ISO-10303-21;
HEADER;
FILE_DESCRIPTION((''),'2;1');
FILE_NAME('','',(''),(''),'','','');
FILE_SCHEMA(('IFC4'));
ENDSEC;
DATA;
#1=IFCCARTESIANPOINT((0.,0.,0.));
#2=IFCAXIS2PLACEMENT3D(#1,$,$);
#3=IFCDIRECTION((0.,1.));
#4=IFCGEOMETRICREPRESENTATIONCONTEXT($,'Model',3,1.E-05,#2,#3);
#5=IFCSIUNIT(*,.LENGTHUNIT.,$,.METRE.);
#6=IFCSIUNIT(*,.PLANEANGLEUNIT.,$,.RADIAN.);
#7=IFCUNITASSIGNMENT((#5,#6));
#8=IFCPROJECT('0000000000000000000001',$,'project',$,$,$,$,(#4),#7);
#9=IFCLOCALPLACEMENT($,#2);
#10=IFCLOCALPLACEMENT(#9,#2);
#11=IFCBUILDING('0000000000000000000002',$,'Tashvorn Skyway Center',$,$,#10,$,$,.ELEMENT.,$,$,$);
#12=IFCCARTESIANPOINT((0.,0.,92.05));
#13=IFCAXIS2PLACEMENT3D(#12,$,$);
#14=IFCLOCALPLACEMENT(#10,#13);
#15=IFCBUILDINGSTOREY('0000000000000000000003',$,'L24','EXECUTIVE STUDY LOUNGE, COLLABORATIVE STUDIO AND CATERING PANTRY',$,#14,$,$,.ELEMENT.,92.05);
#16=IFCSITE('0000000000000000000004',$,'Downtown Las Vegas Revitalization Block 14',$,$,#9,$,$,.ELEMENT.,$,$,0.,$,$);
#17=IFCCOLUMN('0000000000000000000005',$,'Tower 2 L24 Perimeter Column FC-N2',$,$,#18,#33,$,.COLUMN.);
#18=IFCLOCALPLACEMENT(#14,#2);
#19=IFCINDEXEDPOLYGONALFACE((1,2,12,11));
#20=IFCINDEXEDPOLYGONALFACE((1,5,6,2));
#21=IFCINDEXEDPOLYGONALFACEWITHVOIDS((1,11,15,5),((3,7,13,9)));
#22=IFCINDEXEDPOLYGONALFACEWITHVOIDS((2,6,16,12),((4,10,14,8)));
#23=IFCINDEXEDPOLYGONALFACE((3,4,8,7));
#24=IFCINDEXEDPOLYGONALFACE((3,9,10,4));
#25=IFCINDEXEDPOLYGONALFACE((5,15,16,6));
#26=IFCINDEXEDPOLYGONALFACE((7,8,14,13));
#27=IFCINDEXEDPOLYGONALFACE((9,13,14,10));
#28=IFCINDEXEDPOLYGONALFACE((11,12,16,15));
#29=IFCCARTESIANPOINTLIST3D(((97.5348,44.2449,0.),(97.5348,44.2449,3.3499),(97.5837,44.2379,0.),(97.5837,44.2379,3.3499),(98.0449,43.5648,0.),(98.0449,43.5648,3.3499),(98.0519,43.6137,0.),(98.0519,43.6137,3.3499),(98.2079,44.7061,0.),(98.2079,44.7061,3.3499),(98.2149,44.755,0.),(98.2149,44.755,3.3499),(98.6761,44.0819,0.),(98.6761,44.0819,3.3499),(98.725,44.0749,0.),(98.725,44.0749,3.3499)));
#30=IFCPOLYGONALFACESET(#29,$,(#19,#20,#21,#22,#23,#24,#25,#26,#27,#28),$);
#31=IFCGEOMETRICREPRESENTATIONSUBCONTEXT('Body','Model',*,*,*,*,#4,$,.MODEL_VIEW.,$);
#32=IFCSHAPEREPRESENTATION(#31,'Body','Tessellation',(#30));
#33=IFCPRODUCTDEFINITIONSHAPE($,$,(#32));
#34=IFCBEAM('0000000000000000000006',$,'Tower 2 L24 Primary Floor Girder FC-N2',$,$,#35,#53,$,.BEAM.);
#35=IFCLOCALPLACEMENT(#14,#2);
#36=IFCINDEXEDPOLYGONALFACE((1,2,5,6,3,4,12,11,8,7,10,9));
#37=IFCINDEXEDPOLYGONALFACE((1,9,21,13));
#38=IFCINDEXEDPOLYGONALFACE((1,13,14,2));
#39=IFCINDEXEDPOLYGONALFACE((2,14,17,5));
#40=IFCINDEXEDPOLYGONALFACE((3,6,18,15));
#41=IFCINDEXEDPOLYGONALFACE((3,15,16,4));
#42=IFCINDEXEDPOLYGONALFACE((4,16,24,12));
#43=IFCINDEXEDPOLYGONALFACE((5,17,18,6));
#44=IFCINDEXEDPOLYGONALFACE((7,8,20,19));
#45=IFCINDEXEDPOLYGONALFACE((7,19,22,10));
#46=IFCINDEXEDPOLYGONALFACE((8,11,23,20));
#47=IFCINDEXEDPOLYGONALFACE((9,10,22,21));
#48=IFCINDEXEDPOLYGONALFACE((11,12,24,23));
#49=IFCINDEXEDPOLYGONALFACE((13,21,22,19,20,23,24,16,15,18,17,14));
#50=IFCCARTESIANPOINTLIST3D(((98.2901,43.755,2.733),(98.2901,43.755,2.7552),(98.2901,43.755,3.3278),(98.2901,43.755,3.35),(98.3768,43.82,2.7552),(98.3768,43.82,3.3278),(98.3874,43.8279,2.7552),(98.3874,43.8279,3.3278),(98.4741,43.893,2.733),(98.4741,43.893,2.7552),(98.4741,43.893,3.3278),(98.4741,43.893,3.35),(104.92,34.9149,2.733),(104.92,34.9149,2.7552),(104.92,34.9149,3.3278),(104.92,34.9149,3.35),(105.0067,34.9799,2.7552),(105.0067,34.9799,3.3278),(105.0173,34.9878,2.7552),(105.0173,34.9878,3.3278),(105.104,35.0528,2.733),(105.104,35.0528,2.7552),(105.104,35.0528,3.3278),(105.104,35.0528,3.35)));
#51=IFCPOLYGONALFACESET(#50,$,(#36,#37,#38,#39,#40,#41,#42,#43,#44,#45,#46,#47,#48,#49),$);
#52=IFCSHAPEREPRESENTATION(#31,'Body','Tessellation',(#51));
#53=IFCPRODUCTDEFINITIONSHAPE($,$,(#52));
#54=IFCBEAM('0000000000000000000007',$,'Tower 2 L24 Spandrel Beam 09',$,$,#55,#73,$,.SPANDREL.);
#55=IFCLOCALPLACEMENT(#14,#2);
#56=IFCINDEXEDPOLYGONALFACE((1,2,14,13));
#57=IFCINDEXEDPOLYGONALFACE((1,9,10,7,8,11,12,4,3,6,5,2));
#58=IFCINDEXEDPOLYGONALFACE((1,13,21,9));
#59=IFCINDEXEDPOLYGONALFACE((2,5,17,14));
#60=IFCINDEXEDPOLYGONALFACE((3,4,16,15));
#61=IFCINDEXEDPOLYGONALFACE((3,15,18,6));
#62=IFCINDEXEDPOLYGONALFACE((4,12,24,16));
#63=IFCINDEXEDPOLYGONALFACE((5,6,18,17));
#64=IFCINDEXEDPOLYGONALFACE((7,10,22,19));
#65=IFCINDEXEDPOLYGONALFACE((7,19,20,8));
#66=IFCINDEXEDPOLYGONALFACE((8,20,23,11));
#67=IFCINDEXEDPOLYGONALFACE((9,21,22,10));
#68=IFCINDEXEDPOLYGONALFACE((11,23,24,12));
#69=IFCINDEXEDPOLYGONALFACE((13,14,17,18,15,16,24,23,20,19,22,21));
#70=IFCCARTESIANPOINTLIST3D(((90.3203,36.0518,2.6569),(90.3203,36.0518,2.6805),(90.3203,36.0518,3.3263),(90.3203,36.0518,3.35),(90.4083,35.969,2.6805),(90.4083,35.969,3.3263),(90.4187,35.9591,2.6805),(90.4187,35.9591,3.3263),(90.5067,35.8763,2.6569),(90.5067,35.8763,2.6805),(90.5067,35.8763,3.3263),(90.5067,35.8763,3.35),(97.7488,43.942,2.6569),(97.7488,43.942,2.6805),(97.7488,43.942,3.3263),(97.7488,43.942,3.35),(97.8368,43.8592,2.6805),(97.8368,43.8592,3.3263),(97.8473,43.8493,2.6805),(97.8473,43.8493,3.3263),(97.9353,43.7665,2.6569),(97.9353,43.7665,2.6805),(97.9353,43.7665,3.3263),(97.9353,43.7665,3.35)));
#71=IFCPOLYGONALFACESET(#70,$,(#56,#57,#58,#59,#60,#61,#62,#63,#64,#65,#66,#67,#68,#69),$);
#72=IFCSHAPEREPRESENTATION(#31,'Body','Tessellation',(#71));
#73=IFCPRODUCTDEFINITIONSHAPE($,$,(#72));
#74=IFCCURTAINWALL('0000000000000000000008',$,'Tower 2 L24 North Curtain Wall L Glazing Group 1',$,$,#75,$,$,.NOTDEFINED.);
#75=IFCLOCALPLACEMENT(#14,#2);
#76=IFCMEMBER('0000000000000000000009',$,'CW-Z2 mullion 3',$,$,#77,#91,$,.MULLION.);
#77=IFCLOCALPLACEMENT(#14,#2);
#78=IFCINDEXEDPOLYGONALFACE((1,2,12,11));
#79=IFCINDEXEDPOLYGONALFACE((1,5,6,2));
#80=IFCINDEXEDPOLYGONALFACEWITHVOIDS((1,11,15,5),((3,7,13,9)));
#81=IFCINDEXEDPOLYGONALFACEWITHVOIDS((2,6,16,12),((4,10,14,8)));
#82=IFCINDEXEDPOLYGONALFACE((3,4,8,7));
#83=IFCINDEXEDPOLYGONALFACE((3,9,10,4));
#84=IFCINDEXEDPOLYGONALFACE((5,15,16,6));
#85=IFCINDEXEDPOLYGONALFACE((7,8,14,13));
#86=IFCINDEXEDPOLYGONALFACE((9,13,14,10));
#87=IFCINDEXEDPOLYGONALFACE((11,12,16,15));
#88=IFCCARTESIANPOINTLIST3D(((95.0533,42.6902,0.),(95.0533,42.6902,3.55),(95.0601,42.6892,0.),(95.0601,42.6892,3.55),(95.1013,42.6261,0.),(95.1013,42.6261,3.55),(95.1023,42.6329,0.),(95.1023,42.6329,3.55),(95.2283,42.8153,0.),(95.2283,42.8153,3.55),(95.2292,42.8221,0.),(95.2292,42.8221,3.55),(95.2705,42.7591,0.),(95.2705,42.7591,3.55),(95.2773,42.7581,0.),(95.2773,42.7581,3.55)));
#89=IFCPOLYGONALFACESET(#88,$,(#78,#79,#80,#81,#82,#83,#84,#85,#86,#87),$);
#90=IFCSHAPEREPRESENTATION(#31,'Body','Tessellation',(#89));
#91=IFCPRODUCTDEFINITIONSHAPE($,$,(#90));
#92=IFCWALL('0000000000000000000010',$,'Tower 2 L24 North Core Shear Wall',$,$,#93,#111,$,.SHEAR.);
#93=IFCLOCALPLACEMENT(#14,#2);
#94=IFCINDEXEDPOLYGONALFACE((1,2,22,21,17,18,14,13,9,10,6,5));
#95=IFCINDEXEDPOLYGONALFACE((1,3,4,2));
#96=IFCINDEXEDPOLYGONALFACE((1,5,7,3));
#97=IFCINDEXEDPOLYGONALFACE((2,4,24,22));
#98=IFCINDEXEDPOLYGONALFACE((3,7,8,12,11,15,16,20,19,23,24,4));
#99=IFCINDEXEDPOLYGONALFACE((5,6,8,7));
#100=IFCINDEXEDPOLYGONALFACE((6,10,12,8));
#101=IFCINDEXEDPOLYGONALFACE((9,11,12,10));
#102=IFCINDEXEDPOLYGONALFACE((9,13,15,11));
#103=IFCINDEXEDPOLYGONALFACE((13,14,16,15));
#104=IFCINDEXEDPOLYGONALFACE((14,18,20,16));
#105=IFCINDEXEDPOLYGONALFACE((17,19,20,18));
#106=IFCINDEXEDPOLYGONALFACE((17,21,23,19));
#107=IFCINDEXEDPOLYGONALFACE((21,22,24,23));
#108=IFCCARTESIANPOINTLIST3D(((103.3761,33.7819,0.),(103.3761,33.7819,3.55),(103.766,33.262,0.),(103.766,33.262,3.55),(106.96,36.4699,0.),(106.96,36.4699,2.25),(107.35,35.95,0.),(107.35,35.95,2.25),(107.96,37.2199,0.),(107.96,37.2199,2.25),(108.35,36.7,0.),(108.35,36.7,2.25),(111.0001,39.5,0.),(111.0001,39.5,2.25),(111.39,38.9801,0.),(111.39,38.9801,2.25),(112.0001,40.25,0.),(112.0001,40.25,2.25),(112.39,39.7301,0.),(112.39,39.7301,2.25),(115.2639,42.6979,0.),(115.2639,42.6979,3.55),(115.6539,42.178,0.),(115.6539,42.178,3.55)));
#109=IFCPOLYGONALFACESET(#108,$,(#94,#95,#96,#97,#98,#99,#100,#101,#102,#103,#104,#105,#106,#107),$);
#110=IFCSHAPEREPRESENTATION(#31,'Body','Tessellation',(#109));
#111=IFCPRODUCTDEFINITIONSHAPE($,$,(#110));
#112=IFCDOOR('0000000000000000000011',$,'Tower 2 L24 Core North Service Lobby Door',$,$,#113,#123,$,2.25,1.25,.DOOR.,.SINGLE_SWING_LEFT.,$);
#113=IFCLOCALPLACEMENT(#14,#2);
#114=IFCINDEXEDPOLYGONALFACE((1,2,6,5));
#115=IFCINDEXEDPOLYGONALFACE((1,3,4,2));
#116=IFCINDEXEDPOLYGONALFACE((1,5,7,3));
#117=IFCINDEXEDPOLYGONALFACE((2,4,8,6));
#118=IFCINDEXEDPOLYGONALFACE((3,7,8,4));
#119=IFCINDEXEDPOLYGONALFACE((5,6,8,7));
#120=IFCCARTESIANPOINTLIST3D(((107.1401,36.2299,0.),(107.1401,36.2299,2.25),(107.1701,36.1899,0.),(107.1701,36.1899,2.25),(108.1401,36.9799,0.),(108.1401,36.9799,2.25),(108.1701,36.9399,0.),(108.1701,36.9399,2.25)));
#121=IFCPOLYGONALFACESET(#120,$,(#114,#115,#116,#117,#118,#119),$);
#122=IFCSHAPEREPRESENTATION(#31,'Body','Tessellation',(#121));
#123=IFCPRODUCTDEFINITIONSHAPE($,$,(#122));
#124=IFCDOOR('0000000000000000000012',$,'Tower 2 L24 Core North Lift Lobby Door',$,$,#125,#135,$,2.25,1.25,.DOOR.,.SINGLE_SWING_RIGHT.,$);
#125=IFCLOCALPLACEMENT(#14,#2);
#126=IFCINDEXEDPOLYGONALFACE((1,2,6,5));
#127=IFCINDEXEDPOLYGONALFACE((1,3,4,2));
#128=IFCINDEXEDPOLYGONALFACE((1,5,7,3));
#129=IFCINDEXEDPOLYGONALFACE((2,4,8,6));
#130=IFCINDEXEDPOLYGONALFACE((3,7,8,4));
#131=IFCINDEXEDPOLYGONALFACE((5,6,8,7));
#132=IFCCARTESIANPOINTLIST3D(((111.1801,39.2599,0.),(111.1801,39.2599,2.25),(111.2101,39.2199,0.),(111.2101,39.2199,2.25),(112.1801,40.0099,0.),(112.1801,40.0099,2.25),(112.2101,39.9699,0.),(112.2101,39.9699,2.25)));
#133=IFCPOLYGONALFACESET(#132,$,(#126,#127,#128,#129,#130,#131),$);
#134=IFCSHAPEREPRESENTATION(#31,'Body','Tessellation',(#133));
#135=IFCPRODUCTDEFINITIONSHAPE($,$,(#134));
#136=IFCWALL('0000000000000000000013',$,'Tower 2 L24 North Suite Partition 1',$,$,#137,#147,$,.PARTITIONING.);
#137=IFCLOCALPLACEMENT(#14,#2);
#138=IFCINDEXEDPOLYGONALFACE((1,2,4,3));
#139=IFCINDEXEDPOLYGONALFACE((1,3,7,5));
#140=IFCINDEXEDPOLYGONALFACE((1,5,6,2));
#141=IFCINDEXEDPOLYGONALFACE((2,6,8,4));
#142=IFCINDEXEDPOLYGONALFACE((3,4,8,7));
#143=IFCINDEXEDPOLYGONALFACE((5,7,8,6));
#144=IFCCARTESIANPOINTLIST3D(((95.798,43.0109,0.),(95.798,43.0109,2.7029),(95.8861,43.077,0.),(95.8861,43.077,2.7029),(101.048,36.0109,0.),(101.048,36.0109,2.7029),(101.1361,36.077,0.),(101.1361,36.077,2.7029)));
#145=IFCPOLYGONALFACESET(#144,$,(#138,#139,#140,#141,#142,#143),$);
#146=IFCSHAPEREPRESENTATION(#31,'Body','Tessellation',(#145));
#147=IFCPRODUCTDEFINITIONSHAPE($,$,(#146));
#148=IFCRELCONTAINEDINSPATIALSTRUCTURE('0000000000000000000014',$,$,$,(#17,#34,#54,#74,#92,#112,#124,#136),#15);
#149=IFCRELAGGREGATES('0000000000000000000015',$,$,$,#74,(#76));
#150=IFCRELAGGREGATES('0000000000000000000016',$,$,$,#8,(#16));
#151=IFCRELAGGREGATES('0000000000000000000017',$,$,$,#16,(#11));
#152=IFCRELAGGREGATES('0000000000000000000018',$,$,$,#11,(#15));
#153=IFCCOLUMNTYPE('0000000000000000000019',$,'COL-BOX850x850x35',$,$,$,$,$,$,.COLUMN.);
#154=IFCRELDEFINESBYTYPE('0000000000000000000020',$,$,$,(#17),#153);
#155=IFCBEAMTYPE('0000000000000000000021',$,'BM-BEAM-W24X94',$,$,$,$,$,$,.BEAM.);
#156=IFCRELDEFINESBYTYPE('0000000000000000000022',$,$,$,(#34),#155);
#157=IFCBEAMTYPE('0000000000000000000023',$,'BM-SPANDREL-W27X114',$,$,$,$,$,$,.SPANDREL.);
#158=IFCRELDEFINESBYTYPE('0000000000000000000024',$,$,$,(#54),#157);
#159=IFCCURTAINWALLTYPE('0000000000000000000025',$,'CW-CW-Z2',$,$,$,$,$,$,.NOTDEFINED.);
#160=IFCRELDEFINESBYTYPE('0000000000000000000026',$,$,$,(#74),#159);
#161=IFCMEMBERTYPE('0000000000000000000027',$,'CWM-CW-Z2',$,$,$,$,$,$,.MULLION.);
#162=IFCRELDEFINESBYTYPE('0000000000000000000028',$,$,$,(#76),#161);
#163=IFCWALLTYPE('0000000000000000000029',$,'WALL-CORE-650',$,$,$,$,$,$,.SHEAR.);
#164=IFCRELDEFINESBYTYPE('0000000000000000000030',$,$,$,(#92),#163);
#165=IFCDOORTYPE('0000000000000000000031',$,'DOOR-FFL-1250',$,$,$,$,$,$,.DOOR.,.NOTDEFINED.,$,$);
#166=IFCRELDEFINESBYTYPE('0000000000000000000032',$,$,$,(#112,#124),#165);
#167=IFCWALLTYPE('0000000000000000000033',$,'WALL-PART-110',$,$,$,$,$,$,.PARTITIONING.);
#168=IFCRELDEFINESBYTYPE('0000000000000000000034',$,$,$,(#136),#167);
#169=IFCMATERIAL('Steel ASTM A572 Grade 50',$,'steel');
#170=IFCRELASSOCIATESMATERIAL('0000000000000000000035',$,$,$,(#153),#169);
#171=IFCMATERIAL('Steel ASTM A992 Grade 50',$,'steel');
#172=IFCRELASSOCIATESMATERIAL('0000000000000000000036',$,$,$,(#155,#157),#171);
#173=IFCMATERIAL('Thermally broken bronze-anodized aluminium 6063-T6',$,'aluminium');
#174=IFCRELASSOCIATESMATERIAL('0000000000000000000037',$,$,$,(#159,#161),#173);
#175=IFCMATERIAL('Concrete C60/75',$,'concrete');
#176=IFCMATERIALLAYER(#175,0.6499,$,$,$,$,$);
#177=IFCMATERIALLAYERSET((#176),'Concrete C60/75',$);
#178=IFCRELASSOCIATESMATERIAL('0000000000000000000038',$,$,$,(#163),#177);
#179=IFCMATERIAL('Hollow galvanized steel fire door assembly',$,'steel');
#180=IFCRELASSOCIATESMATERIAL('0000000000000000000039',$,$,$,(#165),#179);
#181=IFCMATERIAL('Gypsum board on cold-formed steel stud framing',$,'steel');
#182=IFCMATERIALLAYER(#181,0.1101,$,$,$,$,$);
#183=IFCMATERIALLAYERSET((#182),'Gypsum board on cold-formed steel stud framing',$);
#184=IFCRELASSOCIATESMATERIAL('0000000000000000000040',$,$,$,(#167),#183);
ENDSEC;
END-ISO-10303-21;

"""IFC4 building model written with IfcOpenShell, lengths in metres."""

from ifc_helpers import new_model, si_unit, direction, frame, frame_2d, origin, origin_2d, place, context, subcontext, project, spatial, rectangle, hollow_rectangle, i_section, extrude, material, layer, layer_set, material_profile, profile_set, type_object, element, fill, aggregate, save


model = new_model("IFC4")

# Units and contexts
model_context = context("Model", 3, precision=1e-05, world=origin(), true_north=direction((0.0, 1.0)))
body_context = subcontext(model_context, "Body", "Model", "MODEL_VIEW")
ifc_project = project(units=[si_unit("LENGTHUNIT", "METRE"), si_unit("PLANEANGLEUNIT", "RADIAN")], contexts=[model_context])

# Site, building, storey
site_placement = place(None, origin())
site = spatial("IfcSite", under=ifc_project, at=site_placement, Name="Downtown Las Vegas Revitalization Block 14", CompositionType="ELEMENT", RefElevation=0.0)
building_placement = place(site_placement, origin())
building = spatial("IfcBuilding", under=site, at=building_placement, Name="Tashvorn Skyway Center", CompositionType="ELEMENT")
storey_placement = place(building_placement, frame((0.0, 0.0, 92.05)))
storey = spatial("IfcBuildingStorey", under=building, at=storey_placement, Name="L24", Description="EXECUTIVE STUDY LOUNGE, COLLABORATIVE STUDIO AND CATERING PANTRY", CompositionType="ELEMENT", Elevation=92.05)

# Column
ifc_material_1 = material(Name="Steel ASTM A572 Grade 50", Category="steel")
ifc_material_profile_1 = material_profile(ifc_material_1, hollow_rectangle(XDim=0.8501, YDim=0.8501, WallThickness=0.0349, at=origin_2d()), Name="BOX850x850x35")
ifc_profile_set_1 = profile_set([ifc_material_profile_1], Name="Steel ASTM A572 Grade 50")
column_type = type_object("IfcColumnType", Name="COL-BOX850x850x35", PredefinedType="COLUMN", material=ifc_profile_set_1)
column_placement = place(storey_placement, frame((98.1299, 44.1599, 0.0), z_axis=(0.0, 0.0, 1.0), x_axis=(0.8, 0.6, 0.0)))
element("IfcColumn", 1, at=column_placement, inside=storey, type_object=column_type, Name="Tower 2 L24 Perimeter Column FC-N2", PredefinedType="COLUMN", context=body_context, shape_type="SweptSolid", body=[
    extrude(hollow_rectangle(XDim=0.8501, YDim=0.8501, WallThickness=0.0349, at=origin_2d()), origin(), (0.0, 0.0, 1.0), 3.3499),
])

# Beams
ifc_material_2 = material(Name="Steel ASTM A992 Grade 50", Category="steel")
ifc_material_profile_2 = material_profile(ifc_material_2, i_section(OverallWidth=0.23, OverallDepth=0.6169, WebThickness=0.0132, FlangeThickness=0.0222, at=origin_2d()), Name="W24X94")
ifc_profile_set_2 = profile_set([ifc_material_profile_2], Name="Steel ASTM A992 Grade 50")
beam_type_1 = type_object("IfcBeamType", Name="BM-BEAM-W24X94", PredefinedType="BEAM", material=ifc_profile_set_2)
beam_1_placement = place(storey_placement, frame((98.3821, 43.824, 3.0415), z_axis=(0.599989, -0.800008, 0.0), x_axis=(0.800008, 0.599989, 0.0)))
element("IfcBeam", 2, at=beam_1_placement, inside=storey, type_object=beam_type_1, Name="Tower 2 L24 Primary Floor Girder FC-N2", PredefinedType="BEAM", context=body_context, shape_type="SweptSolid", body=[
    extrude(i_section(OverallWidth=0.23, OverallDepth=0.6169, WebThickness=0.0132, FlangeThickness=0.0222, at=origin_2d()), origin(), (0.0, 0.0, 1.0), 11.05),
])
ifc_material_profile_3 = material_profile(ifc_material_2, i_section(OverallWidth=0.2561, OverallDepth=0.6931, WebThickness=0.0144, FlangeThickness=0.0237, at=origin_2d()), Name="W27X114")
ifc_profile_set_3 = profile_set([ifc_material_profile_3], Name="Steel ASTM A992 Grade 50")
beam_type_2 = type_object("IfcBeamType", Name="BM-SPANDREL-W27X114", PredefinedType="SPANDREL", material=ifc_profile_set_3)
beam_2_placement = place(storey_placement, frame((97.842, 43.8542, 3.0034), z_axis=(-0.685485, -0.728087, 0.0), x_axis=(0.728087, -0.685485, 0.0)))
element("IfcBeam", 3, at=beam_2_placement, inside=storey, type_object=beam_type_2, Name="Tower 2 L24 Spandrel Beam 09", PredefinedType="SPANDREL", context=body_context, shape_type="SweptSolid", body=[
    extrude(i_section(OverallWidth=0.2561, OverallDepth=0.6931, WebThickness=0.0144, FlangeThickness=0.0237, at=origin_2d()), origin(), (0.0, 0.0, 1.0), 10.8369),
])

# Curtain wall, member
ifc_material_3 = material(Name="Thermally broken bronze-anodized aluminium 6063-T6", Category="aluminium")
curtain_wall_type = type_object("IfcCurtainWallType", Name="CW-CW-Z2", PredefinedType="NOTDEFINED", material=ifc_material_3)
curtain_wall_placement = place(storey_placement, origin())
curtain_wall = element("IfcCurtainWall", 4, at=curtain_wall_placement, inside=storey, type_object=curtain_wall_type, Name="Tower 2 L24 North Curtain Wall L Glazing Group 1", PredefinedType="NOTDEFINED")
ifc_material_profile_4 = material_profile(ifc_material_3, hollow_rectangle(XDim=0.0801, YDim=0.22, WallThickness=0.0049, at=origin_2d()), Name="ALU-MULL-80x220")
ifc_profile_set_4 = profile_set([ifc_material_profile_4], Name="Thermally broken bronze-anodized aluminium 6063-T6")
member_type = type_object("IfcMemberType", Name="CWM-CW-Z2", PredefinedType="MULLION", material=ifc_profile_set_4)
member_placement = place(storey_placement, frame((95.1653, 42.7241, 0.0), z_axis=(0.0, 0.0, 1.0), x_axis=(-0.600002, 0.799999, 0.0)))
member = element("IfcMember", 5, at=member_placement, type_object=member_type, Name="CW-Z2 mullion 3", PredefinedType="MULLION", context=body_context, shape_type="SweptSolid", body=[
    extrude(hollow_rectangle(XDim=0.0801, YDim=0.22, WallThickness=0.0049, at=origin_2d()), origin(), (0.0, 0.0, 1.0), 3.55),
])
aggregate(curtain_wall, [member])

# Wall, openings, doors
ifc_material_4 = material(Name="Concrete C60/75", Category="concrete")
ifc_layer_1 = layer(ifc_material_4, 0.6499)
ifc_layer_set_1 = layer_set([ifc_layer_1], Name="Concrete C60/75")
wall_type_1 = type_object("IfcWallType", Name="WALL-CORE-650", PredefinedType="SHEAR", material=ifc_layer_set_1)
wall_1_placement = place(storey_placement, frame((103.571, 33.522, 0.0), z_axis=(0.0, 0.0, 1.0), x_axis=(0.799998, 0.600003, 0.0)))
wall_1 = element("IfcWall", 6, at=wall_1_placement, inside=storey, type_object=wall_type_1, Name="Tower 2 L24 North Core Shear Wall", PredefinedType="SHEAR", context=body_context, shape_type="SweptSolid", body=[
    extrude(rectangle(XDim=14.8599, YDim=0.6499, at=frame_2d((7.4299, 0.0))), origin(), (0.0, 0.0, 1.0), 3.55),
])
opening_1_placement = place(wall_1_placement, frame((4.48, 0.0, 0.0)))
opening_1 = element("IfcOpeningElement", 7, at=opening_1_placement, cuts=wall_1, PredefinedType="OPENING", context=body_context, shape_type="SweptSolid", body=[
    extrude(rectangle(XDim=1.25, YDim=2.25, at=frame_2d((0.625, 1.125))), frame((0.0, 0.335, 0.0), z_axis=(0.0, -1.0, 0.0), x_axis=(1.0, 0.0, 0.0)), (0.0, 0.0, 1.0), 0.6699),
])
opening_2_placement = place(wall_1_placement, frame((9.53, 0.0, 0.0)))
opening_2 = element("IfcOpeningElement", 8, at=opening_2_placement, cuts=wall_1, PredefinedType="OPENING", context=body_context, shape_type="SweptSolid", body=[
    extrude(rectangle(XDim=1.25, YDim=2.25, at=frame_2d((0.625, 1.125))), frame((0.0, 0.335, 0.0), z_axis=(0.0, -1.0, 0.0), x_axis=(1.0, 0.0, 0.0)), (0.0, 0.0, 1.0), 0.6699),
])
ifc_material_5 = material(Name="Hollow galvanized steel fire door assembly", Category="steel")
door_type_1 = type_object("IfcDoorType", Name="DOOR-FFL-1250", OperationType="NOTDEFINED", PredefinedType="DOOR", material=ifc_material_5)
door_1_placement = place(opening_1_placement, origin())
door_1 = element("IfcDoor", 9, at=door_1_placement, inside=storey, type_object=door_type_1, Name="Tower 2 L24 Core North Service Lobby Door", OperationType="SINGLE_SWING_LEFT", OverallHeight=2.25, OverallWidth=1.25, PredefinedType="DOOR", context=body_context, shape_type="SweptSolid", body=[
    extrude(rectangle(XDim=1.25, YDim=2.25, at=frame_2d((0.625, 1.125))), frame((0.0, 0.0249, 0.0), z_axis=(0.0, -1.0, 0.0), x_axis=(1.0, 0.0, 0.0)), (0.0, 0.0, 1.0), 0.05),
])
fill(opening_1, door_1)
door_2_placement = place(opening_2_placement, origin())
door_2 = element("IfcDoor", 10, at=door_2_placement, inside=storey, type_object=door_type_1, Name="Tower 2 L24 Core North Lift Lobby Door", OperationType="SINGLE_SWING_RIGHT", OverallHeight=2.25, OverallWidth=1.25, PredefinedType="DOOR", context=body_context, shape_type="SweptSolid", body=[
    extrude(rectangle(XDim=1.25, YDim=2.25, at=frame_2d((0.625, 1.125))), frame((0.0, 0.0249, 0.0), z_axis=(0.0, -1.0, 0.0), x_axis=(1.0, 0.0, 0.0)), (0.0, 0.0, 1.0), 0.05),
])
fill(opening_2, door_2)

# Wall
ifc_material_6 = material(Name="Gypsum board on cold-formed steel stud framing", Category="steel")
ifc_layer_2 = layer(ifc_material_6, 0.1101)
ifc_layer_set_2 = layer_set([ifc_layer_2], Name="Gypsum board on cold-formed steel stud framing")
wall_type_2 = type_object("IfcWallType", Name="WALL-PART-110", PredefinedType="PARTITIONING", material=ifc_layer_set_2)
wall_2_placement = place(storey_placement, frame((101.092, 36.0439, 0.0), z_axis=(0.0, 0.0, 1.0), x_axis=(-0.6, 0.8, 0.0)))
element("IfcWall", 11, at=wall_2_placement, inside=storey, type_object=wall_type_2, Name="Tower 2 L24 North Suite Partition 1", PredefinedType="PARTITIONING", context=body_context, shape_type="SweptSolid", body=[
    extrude(rectangle(XDim=8.75, YDim=0.1101, at=frame_2d((4.375, 0.0))), origin(), (0.0, 0.0, 1.0), 2.7029),
])

save(model, "model.ifc")
